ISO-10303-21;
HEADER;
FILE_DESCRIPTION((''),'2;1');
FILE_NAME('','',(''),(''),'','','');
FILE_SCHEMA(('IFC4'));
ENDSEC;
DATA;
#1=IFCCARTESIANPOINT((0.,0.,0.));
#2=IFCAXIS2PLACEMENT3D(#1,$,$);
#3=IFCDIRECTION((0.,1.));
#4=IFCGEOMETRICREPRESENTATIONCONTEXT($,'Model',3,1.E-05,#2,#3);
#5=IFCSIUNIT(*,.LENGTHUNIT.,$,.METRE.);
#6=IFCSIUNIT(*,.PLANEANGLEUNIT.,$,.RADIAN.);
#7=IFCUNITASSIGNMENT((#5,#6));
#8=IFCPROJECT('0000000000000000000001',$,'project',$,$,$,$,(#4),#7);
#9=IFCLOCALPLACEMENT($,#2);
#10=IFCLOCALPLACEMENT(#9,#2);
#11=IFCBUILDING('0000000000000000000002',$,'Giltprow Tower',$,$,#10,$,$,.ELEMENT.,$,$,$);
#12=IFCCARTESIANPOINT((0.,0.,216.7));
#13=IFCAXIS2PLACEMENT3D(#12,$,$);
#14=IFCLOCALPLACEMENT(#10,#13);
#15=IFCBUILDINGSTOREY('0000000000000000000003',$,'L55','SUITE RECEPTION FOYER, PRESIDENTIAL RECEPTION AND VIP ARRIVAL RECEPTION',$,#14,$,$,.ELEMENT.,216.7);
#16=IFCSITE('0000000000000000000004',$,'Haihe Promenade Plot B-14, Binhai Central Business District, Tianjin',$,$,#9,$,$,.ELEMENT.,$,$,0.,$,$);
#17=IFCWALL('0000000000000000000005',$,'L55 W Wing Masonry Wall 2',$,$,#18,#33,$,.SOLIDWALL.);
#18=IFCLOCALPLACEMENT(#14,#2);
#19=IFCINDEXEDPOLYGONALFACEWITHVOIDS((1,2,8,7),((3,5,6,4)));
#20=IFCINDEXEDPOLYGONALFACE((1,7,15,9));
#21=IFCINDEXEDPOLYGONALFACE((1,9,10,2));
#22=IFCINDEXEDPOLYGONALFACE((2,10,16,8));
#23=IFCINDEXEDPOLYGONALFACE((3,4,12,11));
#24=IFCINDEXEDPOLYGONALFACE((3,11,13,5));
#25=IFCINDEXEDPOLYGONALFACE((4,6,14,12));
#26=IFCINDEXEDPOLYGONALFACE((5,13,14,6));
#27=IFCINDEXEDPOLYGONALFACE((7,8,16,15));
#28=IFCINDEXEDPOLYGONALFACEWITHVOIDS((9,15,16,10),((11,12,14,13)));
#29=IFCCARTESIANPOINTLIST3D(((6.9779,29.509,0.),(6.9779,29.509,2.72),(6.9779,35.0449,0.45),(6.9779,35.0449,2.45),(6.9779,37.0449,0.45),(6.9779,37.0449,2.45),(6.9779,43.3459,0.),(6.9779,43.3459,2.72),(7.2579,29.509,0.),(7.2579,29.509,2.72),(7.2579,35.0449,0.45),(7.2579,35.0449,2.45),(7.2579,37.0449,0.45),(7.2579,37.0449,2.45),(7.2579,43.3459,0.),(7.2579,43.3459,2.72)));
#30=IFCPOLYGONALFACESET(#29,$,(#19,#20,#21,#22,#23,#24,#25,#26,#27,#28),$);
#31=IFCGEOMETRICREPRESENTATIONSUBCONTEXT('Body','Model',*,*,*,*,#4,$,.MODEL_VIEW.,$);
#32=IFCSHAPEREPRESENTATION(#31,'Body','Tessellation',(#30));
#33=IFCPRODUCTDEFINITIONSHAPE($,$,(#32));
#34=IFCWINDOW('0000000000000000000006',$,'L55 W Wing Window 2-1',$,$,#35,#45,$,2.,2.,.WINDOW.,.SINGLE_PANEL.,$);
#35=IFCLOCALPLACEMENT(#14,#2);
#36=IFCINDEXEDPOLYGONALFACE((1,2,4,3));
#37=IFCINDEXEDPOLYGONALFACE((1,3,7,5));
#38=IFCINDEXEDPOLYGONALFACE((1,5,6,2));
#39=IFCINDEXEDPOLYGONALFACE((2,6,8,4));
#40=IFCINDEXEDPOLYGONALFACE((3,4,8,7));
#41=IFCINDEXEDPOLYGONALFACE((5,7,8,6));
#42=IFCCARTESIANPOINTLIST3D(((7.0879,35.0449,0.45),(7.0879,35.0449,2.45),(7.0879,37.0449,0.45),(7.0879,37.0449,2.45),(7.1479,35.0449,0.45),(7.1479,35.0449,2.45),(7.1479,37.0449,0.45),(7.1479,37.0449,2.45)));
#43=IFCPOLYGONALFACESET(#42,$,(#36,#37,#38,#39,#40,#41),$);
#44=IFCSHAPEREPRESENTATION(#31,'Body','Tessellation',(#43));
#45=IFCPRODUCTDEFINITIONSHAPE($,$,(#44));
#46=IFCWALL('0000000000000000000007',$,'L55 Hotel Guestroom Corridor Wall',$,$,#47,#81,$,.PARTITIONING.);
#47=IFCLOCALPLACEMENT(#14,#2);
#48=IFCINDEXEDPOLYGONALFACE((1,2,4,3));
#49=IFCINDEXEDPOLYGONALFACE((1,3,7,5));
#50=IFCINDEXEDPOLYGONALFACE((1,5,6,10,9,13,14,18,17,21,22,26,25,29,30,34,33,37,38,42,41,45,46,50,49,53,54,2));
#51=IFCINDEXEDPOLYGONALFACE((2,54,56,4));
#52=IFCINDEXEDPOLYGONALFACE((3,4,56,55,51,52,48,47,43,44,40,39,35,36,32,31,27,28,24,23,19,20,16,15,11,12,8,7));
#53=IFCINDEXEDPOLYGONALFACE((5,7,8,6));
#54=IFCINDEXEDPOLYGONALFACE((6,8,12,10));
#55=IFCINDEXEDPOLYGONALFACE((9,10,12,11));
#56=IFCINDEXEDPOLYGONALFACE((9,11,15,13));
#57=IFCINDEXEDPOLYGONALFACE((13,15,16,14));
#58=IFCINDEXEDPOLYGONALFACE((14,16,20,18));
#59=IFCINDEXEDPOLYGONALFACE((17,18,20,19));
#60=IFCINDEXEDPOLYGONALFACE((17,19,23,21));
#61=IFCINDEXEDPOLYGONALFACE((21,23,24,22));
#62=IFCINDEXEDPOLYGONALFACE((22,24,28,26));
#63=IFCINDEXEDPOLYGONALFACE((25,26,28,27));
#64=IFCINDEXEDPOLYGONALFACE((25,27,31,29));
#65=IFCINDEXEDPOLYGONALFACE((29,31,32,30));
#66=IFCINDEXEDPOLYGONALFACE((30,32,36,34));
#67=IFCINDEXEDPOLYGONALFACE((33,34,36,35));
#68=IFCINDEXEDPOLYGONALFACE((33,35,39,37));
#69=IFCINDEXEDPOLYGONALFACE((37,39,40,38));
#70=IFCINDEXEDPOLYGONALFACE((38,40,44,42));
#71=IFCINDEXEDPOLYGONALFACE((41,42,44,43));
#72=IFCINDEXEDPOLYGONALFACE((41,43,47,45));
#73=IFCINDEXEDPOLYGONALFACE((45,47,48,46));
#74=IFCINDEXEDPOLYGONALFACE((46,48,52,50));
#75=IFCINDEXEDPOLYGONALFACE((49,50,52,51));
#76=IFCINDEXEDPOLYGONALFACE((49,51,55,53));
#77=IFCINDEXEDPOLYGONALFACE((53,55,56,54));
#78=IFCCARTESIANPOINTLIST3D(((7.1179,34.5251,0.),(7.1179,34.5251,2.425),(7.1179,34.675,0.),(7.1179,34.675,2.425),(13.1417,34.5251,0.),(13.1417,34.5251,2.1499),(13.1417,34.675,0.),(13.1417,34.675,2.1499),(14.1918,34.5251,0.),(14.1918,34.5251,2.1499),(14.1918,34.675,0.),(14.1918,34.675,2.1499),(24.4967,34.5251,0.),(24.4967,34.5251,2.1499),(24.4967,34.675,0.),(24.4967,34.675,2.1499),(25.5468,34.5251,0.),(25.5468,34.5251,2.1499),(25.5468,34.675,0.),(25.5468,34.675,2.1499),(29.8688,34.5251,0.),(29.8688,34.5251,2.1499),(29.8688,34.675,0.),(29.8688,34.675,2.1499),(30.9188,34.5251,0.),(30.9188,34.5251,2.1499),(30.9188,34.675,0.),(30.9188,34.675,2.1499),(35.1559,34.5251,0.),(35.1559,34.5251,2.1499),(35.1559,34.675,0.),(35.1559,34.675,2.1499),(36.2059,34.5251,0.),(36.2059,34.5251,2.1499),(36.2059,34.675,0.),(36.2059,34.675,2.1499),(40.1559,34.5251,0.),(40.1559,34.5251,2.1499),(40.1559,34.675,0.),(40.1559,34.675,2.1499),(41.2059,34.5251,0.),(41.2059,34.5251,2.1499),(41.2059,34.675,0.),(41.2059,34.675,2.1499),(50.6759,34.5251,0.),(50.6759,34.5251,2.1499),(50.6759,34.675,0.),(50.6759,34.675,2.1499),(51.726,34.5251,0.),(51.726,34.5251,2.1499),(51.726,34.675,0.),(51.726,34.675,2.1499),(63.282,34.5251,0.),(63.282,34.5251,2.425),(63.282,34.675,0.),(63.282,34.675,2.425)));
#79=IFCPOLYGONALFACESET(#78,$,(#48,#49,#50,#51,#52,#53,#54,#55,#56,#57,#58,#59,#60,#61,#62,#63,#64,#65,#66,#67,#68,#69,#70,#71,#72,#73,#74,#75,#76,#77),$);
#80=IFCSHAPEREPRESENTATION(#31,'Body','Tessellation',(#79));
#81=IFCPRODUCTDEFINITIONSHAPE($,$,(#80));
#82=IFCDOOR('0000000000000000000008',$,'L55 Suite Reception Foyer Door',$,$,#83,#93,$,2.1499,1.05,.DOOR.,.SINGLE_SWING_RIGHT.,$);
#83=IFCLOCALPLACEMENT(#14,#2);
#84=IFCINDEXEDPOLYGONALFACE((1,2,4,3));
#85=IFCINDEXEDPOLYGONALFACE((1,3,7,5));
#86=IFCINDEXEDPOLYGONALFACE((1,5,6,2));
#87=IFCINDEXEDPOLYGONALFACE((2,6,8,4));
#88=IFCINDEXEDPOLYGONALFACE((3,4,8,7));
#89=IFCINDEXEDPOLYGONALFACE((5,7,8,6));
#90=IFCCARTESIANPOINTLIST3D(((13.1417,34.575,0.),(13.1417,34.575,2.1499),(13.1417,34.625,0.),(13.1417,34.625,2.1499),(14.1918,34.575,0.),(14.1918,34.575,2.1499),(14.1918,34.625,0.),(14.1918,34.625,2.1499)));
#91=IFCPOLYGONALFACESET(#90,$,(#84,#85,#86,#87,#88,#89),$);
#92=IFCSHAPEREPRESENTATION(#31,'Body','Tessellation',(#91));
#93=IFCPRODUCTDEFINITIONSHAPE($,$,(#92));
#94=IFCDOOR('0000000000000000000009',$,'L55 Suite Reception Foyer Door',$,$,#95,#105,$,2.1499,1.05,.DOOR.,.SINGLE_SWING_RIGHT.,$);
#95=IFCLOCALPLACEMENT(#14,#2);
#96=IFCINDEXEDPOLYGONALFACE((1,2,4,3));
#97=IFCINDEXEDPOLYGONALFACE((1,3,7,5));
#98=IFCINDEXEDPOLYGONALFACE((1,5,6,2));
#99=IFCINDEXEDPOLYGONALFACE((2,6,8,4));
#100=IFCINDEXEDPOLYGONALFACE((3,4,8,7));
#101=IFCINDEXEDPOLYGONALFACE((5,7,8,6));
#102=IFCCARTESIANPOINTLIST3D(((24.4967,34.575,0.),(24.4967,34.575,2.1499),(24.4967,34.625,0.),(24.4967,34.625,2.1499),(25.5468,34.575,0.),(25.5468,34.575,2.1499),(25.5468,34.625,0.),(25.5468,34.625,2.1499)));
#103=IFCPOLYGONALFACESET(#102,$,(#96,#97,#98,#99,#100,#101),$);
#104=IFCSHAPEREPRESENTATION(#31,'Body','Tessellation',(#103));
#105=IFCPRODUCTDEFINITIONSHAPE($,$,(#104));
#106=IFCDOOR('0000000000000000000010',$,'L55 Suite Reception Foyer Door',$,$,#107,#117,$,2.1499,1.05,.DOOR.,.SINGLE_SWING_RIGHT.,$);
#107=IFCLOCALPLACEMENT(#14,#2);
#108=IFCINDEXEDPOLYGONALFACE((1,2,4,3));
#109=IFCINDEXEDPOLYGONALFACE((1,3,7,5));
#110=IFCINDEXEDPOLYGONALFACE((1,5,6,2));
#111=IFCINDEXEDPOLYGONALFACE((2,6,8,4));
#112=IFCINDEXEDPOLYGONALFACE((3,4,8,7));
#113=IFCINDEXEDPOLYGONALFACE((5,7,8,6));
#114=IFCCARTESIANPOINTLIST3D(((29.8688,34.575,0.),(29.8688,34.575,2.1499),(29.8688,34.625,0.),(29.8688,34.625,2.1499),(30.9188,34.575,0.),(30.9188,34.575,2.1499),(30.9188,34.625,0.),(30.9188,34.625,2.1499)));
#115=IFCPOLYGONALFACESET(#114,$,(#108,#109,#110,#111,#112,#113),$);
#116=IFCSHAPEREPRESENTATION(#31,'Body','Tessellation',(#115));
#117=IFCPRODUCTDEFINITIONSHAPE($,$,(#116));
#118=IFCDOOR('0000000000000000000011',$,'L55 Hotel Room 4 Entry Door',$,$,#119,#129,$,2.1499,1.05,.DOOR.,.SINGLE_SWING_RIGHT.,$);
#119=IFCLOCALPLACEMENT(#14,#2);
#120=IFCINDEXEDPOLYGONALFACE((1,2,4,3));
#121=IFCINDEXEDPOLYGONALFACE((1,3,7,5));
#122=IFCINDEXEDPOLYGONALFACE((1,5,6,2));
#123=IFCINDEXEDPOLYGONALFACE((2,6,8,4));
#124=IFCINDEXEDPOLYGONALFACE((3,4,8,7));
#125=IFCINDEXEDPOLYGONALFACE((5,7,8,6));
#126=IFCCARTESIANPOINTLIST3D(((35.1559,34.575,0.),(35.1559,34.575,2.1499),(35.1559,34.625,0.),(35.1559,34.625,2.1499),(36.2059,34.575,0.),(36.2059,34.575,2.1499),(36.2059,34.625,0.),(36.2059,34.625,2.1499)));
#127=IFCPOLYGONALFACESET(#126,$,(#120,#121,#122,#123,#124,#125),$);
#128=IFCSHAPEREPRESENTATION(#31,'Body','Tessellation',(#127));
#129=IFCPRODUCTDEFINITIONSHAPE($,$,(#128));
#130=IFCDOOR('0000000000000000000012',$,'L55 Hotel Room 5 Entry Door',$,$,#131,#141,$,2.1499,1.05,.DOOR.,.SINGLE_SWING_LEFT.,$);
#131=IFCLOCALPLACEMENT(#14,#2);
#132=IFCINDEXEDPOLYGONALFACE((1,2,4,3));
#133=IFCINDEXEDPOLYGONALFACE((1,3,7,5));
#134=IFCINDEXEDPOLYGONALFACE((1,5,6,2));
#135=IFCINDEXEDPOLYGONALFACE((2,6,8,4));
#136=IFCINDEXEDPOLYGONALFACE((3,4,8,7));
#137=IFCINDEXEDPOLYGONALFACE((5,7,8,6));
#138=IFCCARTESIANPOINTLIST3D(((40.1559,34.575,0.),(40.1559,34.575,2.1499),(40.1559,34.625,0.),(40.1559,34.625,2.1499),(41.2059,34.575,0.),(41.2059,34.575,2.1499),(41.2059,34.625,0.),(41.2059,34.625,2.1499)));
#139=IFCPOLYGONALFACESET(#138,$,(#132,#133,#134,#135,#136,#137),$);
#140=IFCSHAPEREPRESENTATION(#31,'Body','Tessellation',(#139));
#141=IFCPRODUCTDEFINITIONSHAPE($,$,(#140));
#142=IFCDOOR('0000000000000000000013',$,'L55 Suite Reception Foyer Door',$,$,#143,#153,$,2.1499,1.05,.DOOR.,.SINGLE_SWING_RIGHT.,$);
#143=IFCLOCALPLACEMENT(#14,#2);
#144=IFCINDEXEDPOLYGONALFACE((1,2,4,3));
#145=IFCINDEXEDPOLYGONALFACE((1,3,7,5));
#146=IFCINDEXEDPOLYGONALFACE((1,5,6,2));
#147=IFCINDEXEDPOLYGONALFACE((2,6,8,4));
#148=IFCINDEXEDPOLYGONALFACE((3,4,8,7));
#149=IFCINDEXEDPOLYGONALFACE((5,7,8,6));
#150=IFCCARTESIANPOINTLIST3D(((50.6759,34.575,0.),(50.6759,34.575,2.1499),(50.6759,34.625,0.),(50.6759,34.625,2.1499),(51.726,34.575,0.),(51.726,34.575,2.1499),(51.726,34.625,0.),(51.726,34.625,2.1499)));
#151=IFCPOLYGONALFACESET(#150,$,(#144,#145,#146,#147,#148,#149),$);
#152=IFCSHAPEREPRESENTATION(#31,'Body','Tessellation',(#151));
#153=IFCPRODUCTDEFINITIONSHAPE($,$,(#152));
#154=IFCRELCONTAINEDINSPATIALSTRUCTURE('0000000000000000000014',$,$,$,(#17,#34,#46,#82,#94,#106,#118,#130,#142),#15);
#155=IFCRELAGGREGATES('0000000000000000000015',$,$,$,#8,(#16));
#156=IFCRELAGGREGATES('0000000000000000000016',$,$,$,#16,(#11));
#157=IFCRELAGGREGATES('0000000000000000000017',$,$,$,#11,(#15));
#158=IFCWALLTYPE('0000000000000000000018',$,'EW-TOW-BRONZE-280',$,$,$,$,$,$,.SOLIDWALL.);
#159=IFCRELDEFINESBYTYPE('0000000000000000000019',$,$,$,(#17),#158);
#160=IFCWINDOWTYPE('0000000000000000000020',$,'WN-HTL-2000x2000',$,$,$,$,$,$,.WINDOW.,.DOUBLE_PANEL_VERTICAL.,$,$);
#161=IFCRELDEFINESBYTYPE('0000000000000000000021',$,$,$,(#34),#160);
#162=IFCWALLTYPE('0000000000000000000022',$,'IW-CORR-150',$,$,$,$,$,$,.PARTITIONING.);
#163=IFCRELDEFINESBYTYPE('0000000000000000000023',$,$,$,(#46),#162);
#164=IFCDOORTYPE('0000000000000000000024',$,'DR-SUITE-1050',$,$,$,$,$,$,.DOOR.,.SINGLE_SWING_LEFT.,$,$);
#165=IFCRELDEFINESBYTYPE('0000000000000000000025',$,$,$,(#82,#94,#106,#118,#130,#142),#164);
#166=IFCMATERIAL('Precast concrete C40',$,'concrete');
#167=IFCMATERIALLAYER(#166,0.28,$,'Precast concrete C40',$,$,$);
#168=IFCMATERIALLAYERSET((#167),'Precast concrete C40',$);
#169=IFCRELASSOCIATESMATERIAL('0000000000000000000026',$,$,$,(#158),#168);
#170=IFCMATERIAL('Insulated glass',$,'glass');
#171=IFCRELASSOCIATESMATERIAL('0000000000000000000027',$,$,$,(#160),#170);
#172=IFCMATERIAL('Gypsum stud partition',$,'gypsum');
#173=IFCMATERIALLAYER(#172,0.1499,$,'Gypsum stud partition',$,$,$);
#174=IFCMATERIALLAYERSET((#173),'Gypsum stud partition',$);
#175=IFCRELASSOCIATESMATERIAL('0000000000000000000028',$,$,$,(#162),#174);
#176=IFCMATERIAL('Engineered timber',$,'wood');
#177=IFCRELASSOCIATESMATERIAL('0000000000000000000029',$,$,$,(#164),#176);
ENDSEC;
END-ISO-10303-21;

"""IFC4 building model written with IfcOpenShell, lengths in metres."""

from ifc_helpers import new_model, si_unit, direction, frame, frame_2d, origin, place, context, subcontext, project, spatial, rectangle, extrude, source, transform, mapped, material, layer, layer_set, type_object, element, fill, save


model = new_model("IFC4")

# Units and contexts
model_context = context("Model", 3, precision=1e-05, world=origin(), true_north=direction((0.0, 1.0)))
body_context = subcontext(model_context, "Body", "Model", "MODEL_VIEW")
ifc_project = project(units=[si_unit("LENGTHUNIT", "METRE"), si_unit("PLANEANGLEUNIT", "RADIAN")], contexts=[model_context])

# Site, building, storey
site_placement = place(None, origin())
site = spatial("IfcSite", under=ifc_project, at=site_placement, Name="Haihe Promenade Plot B-14, Binhai Central Business District, Tianjin", CompositionType="ELEMENT", RefElevation=0.0)
building_placement = place(site_placement, origin())
building = spatial("IfcBuilding", under=site, at=building_placement, Name="Giltprow Tower", CompositionType="ELEMENT")
storey_placement = place(building_placement, frame((0.0, 0.0, 216.7)))
storey = spatial("IfcBuildingStorey", under=building, at=storey_placement, Name="L55", Description="SUITE RECEPTION FOYER, PRESIDENTIAL RECEPTION AND VIP ARRIVAL RECEPTION", CompositionType="ELEMENT", Elevation=216.7)

# Wall, opening, window
ifc_material_1 = material(Name="Precast concrete C40", Category="concrete")
ifc_layer_1 = layer(ifc_material_1, 0.28, Name="Precast concrete C40")
ifc_layer_set_1 = layer_set([ifc_layer_1], Name="Precast concrete C40")
wall_type_1 = type_object("IfcWallType", Name="EW-TOW-BRONZE-280", PredefinedType="SOLIDWALL", material=ifc_layer_set_1)
wall_1_placement = place(storey_placement, frame((7.1179, 29.509, 0.0), z_axis=(0.0, 0.0, 1.0), x_axis=(0.0, 1.0, 0.0)))
wall_1 = element("IfcWall", 1, at=wall_1_placement, inside=storey, type_object=wall_type_1, Name="L55 W Wing Masonry Wall 2", PredefinedType="SOLIDWALL", context=body_context, shape_type="SweptSolid", body=[
    extrude(rectangle(XDim=13.8369, YDim=0.28, at=frame_2d((6.9185, 0.0))), origin(), (0.0, 0.0, 1.0), 2.72),
])
opening_1_placement = place(wall_1_placement, frame((5.5359, 0.0, 0.45)))
opening_1 = element("IfcOpeningElement", 2, at=opening_1_placement, cuts=wall_1, PredefinedType="OPENING", context=body_context, shape_type="SweptSolid", body=[
    extrude(rectangle(XDim=2.0, YDim=2.0, at=frame_2d((1.0, 1.0))), frame((0.0, 0.1499, 0.0), z_axis=(0.0, -1.0, 0.0), x_axis=(1.0, 0.0, 0.0)), (0.0, 0.0, 1.0), 0.3),
])
ifc_material_2 = material(Name="Insulated glass", Category="glass")
window_type = type_object("IfcWindowType", Name="WN-HTL-2000x2000", PartitioningType="DOUBLE_PANEL_VERTICAL", PredefinedType="WINDOW", material=ifc_material_2)
shared_shape_1 = source(origin(), body_context, "Body", "SweptSolid", [
    extrude(rectangle(XDim=2.0, YDim=2.0, at=frame_2d((1.0, 1.0))), frame((0.0, 0.03, 0.0), z_axis=(0.0, -1.0, 0.0), x_axis=(1.0, 0.0, 0.0)), (0.0, 0.0, 1.0), 0.0601),
])
window_placement = place(opening_1_placement, origin())
window = element("IfcWindow", 3, at=window_placement, inside=storey, type_object=window_type, Name="L55 W Wing Window 2-1", OverallHeight=2.0, OverallWidth=2.0, PartitioningType="SINGLE_PANEL", PredefinedType="WINDOW", context=body_context, shape_type="MappedRepresentation", body=[
    mapped(shared_shape_1, transform((0.0, 0.0, 0.0), x_axis=(1.0, 0.0, 0.0), y_axis=(0.0, 1.0, 0.0), z_axis=(0.0, 0.0, 1.0), scale=1.0)),
])
fill(opening_1, window)

# Wall, openings, doors
ifc_material_3 = material(Name="Gypsum stud partition", Category="gypsum")
ifc_layer_2 = layer(ifc_material_3, 0.1499, Name="Gypsum stud partition")
ifc_layer_set_2 = layer_set([ifc_layer_2], Name="Gypsum stud partition")
wall_type_2 = type_object("IfcWallType", Name="IW-CORR-150", PredefinedType="PARTITIONING", material=ifc_layer_set_2)
wall_2_placement = place(storey_placement, frame((7.1179, 34.6001, 0.0), z_axis=(0.0, 0.0, 1.0), x_axis=(1.0, 0.0, 0.0)))
wall_2 = element("IfcWall", 4, at=wall_2_placement, inside=storey, type_object=wall_type_2, Name="L55 Hotel Guestroom Corridor Wall", PredefinedType="PARTITIONING", context=body_context, shape_type="SweptSolid", body=[
    extrude(rectangle(XDim=56.1641, YDim=0.1499, at=frame_2d((28.082, 0.0))), origin(), (0.0, 0.0, 1.0), 2.425),
])
opening_2_placement = place(wall_2_placement, frame((6.0239, 0.0, 0.0)))
opening_2 = element("IfcOpeningElement", 5, at=opening_2_placement, cuts=wall_2, PredefinedType="OPENING", context=body_context, shape_type="SweptSolid", body=[
    extrude(rectangle(XDim=1.05, YDim=2.1499, at=frame_2d((0.5249, 1.075))), frame((0.0, 0.085, 0.0), z_axis=(0.0, -1.0, 0.0), x_axis=(1.0, 0.0, 0.0)), (0.0, 0.0, 1.0), 0.1699),
])
opening_3_placement = place(wall_2_placement, frame((17.3789, 0.0, 0.0)))
opening_3 = element("IfcOpeningElement", 6, at=opening_3_placement, cuts=wall_2, PredefinedType="OPENING", context=body_context, shape_type="SweptSolid", body=[
    extrude(rectangle(XDim=1.05, YDim=2.1499, at=frame_2d((0.5249, 1.075))), frame((0.0, 0.085, 0.0), z_axis=(0.0, -1.0, 0.0), x_axis=(1.0, 0.0, 0.0)), (0.0, 0.0, 1.0), 0.1699),
])
opening_4_placement = place(wall_2_placement, frame((22.751, 0.0, 0.0)))
opening_4 = element("IfcOpeningElement", 7, at=opening_4_placement, cuts=wall_2, PredefinedType="OPENING", context=body_context, shape_type="SweptSolid", body=[
    extrude(rectangle(XDim=1.05, YDim=2.1499, at=frame_2d((0.5249, 1.075))), frame((0.0, 0.085, 0.0), z_axis=(0.0, -1.0, 0.0), x_axis=(1.0, 0.0, 0.0)), (0.0, 0.0, 1.0), 0.1699),
])
opening_5_placement = place(wall_2_placement, frame((28.0381, 0.0, 0.0)))
opening_5 = element("IfcOpeningElement", 8, at=opening_5_placement, cuts=wall_2, PredefinedType="OPENING", context=body_context, shape_type="SweptSolid", body=[
    extrude(rectangle(XDim=1.05, YDim=2.1499, at=frame_2d((0.5249, 1.075))), frame((0.0, 0.085, 0.0), z_axis=(0.0, -1.0, 0.0), x_axis=(1.0, 0.0, 0.0)), (0.0, 0.0, 1.0), 0.1699),
])
opening_6_placement = place(wall_2_placement, frame((33.0381, 0.0, 0.0)))
opening_6 = element("IfcOpeningElement", 9, at=opening_6_placement, cuts=wall_2, PredefinedType="OPENING", context=body_context, shape_type="SweptSolid", body=[
    extrude(rectangle(XDim=1.05, YDim=2.1499, at=frame_2d((0.5249, 1.075))), frame((0.0, 0.085, 0.0), z_axis=(0.0, -1.0, 0.0), x_axis=(1.0, 0.0, 0.0)), (0.0, 0.0, 1.0), 0.1699),
])
opening_7_placement = place(wall_2_placement, frame((43.5581, 0.0, 0.0)))
opening_7 = element("IfcOpeningElement", 10, at=opening_7_placement, cuts=wall_2, PredefinedType="OPENING", context=body_context, shape_type="SweptSolid", body=[
    extrude(rectangle(XDim=1.05, YDim=2.1499, at=frame_2d((0.5249, 1.075))), frame((0.0, 0.085, 0.0), z_axis=(0.0, -1.0, 0.0), x_axis=(1.0, 0.0, 0.0)), (0.0, 0.0, 1.0), 0.1699),
])
ifc_material_4 = material(Name="Engineered timber", Category="wood")
door_type_1 = type_object("IfcDoorType", Name="DR-SUITE-1050", OperationType="SINGLE_SWING_LEFT", PredefinedType="DOOR", material=ifc_material_4)
shared_shape_2 = source(origin(), body_context, "Body", "SweptSolid", [
    extrude(rectangle(XDim=1.05, YDim=2.1499, at=frame_2d((0.5249, 1.075))), frame((0.0, 0.0249, 0.0), z_axis=(0.0, -1.0, 0.0), x_axis=(1.0, 0.0, 0.0)), (0.0, 0.0, 1.0), 0.05),
])
door_1_placement = place(opening_2_placement, origin())
door_1 = element("IfcDoor", 11, at=door_1_placement, inside=storey, type_object=door_type_1, Name="L55 Suite Reception Foyer Door", OperationType="SINGLE_SWING_RIGHT", OverallHeight=2.1499, OverallWidth=1.05, PredefinedType="DOOR", context=body_context, shape_type="MappedRepresentation", body=[
    mapped(shared_shape_2, transform((0.0, 0.0, 0.0), x_axis=(1.0, 0.0, 0.0), y_axis=(0.0, 1.0, 0.0), z_axis=(0.0, 0.0, 1.0), scale=1.0)),
])
fill(opening_2, door_1)
door_2_placement = place(opening_3_placement, origin())
door_2 = element("IfcDoor", 12, at=door_2_placement, inside=storey, type_object=door_type_1, Name="L55 Suite Reception Foyer Door", OperationType="SINGLE_SWING_RIGHT", OverallHeight=2.1499, OverallWidth=1.05, PredefinedType="DOOR", context=body_context, shape_type="MappedRepresentation", body=[
    mapped(shared_shape_2, transform((0.0, 0.0, 0.0), x_axis=(1.0, 0.0, 0.0), y_axis=(0.0, 1.0, 0.0), z_axis=(0.0, 0.0, 1.0), scale=1.0)),
])
fill(opening_3, door_2)
door_3_placement = place(opening_4_placement, origin())
door_3 = element("IfcDoor", 13, at=door_3_placement, inside=storey, type_object=door_type_1, Name="L55 Suite Reception Foyer Door", OperationType="SINGLE_SWING_RIGHT", OverallHeight=2.1499, OverallWidth=1.05, PredefinedType="DOOR", context=body_context, shape_type="MappedRepresentation", body=[
    mapped(shared_shape_2, transform((0.0, 0.0, 0.0), x_axis=(1.0, 0.0, 0.0), y_axis=(0.0, 1.0, 0.0), z_axis=(0.0, 0.0, 1.0), scale=1.0)),
])
fill(opening_4, door_3)
door_4_placement = place(opening_5_placement, origin())
door_4 = element("IfcDoor", 14, at=door_4_placement, inside=storey, type_object=door_type_1, Name="L55 Hotel Room 4 Entry Door", OperationType="SINGLE_SWING_RIGHT", OverallHeight=2.1499, OverallWidth=1.05, PredefinedType="DOOR", context=body_context, shape_type="MappedRepresentation", body=[
    mapped(shared_shape_2, transform((0.0, 0.0, 0.0), x_axis=(1.0, 0.0, 0.0), y_axis=(0.0, 1.0, 0.0), z_axis=(0.0, 0.0, 1.0), scale=1.0)),
])
fill(opening_5, door_4)
door_5_placement = place(opening_6_placement, origin())
door_5 = element("IfcDoor", 15, at=door_5_placement, inside=storey, type_object=door_type_1, Name="L55 Hotel Room 5 Entry Door", OperationType="SINGLE_SWING_LEFT", OverallHeight=2.1499, OverallWidth=1.05, PredefinedType="DOOR", context=body_context, shape_type="MappedRepresentation", body=[
    mapped(shared_shape_2, transform((0.0, 0.0, 0.0), x_axis=(1.0, 0.0, 0.0), y_axis=(0.0, 1.0, 0.0), z_axis=(0.0, 0.0, 1.0), scale=1.0)),
])
fill(opening_6, door_5)
door_6_placement = place(opening_7_placement, origin())
door_6 = element("IfcDoor", 16, at=door_6_placement, inside=storey, type_object=door_type_1, Name="L55 Suite Reception Foyer Door", OperationType="SINGLE_SWING_RIGHT", OverallHeight=2.1499, OverallWidth=1.05, PredefinedType="DOOR", context=body_context, shape_type="MappedRepresentation", body=[
    mapped(shared_shape_2, transform((0.0, 0.0, 0.0), x_axis=(1.0, 0.0, 0.0), y_axis=(0.0, 1.0, 0.0), z_axis=(0.0, 0.0, 1.0), scale=1.0)),
])
fill(opening_7, door_6)

save(model, "model.ifc")
